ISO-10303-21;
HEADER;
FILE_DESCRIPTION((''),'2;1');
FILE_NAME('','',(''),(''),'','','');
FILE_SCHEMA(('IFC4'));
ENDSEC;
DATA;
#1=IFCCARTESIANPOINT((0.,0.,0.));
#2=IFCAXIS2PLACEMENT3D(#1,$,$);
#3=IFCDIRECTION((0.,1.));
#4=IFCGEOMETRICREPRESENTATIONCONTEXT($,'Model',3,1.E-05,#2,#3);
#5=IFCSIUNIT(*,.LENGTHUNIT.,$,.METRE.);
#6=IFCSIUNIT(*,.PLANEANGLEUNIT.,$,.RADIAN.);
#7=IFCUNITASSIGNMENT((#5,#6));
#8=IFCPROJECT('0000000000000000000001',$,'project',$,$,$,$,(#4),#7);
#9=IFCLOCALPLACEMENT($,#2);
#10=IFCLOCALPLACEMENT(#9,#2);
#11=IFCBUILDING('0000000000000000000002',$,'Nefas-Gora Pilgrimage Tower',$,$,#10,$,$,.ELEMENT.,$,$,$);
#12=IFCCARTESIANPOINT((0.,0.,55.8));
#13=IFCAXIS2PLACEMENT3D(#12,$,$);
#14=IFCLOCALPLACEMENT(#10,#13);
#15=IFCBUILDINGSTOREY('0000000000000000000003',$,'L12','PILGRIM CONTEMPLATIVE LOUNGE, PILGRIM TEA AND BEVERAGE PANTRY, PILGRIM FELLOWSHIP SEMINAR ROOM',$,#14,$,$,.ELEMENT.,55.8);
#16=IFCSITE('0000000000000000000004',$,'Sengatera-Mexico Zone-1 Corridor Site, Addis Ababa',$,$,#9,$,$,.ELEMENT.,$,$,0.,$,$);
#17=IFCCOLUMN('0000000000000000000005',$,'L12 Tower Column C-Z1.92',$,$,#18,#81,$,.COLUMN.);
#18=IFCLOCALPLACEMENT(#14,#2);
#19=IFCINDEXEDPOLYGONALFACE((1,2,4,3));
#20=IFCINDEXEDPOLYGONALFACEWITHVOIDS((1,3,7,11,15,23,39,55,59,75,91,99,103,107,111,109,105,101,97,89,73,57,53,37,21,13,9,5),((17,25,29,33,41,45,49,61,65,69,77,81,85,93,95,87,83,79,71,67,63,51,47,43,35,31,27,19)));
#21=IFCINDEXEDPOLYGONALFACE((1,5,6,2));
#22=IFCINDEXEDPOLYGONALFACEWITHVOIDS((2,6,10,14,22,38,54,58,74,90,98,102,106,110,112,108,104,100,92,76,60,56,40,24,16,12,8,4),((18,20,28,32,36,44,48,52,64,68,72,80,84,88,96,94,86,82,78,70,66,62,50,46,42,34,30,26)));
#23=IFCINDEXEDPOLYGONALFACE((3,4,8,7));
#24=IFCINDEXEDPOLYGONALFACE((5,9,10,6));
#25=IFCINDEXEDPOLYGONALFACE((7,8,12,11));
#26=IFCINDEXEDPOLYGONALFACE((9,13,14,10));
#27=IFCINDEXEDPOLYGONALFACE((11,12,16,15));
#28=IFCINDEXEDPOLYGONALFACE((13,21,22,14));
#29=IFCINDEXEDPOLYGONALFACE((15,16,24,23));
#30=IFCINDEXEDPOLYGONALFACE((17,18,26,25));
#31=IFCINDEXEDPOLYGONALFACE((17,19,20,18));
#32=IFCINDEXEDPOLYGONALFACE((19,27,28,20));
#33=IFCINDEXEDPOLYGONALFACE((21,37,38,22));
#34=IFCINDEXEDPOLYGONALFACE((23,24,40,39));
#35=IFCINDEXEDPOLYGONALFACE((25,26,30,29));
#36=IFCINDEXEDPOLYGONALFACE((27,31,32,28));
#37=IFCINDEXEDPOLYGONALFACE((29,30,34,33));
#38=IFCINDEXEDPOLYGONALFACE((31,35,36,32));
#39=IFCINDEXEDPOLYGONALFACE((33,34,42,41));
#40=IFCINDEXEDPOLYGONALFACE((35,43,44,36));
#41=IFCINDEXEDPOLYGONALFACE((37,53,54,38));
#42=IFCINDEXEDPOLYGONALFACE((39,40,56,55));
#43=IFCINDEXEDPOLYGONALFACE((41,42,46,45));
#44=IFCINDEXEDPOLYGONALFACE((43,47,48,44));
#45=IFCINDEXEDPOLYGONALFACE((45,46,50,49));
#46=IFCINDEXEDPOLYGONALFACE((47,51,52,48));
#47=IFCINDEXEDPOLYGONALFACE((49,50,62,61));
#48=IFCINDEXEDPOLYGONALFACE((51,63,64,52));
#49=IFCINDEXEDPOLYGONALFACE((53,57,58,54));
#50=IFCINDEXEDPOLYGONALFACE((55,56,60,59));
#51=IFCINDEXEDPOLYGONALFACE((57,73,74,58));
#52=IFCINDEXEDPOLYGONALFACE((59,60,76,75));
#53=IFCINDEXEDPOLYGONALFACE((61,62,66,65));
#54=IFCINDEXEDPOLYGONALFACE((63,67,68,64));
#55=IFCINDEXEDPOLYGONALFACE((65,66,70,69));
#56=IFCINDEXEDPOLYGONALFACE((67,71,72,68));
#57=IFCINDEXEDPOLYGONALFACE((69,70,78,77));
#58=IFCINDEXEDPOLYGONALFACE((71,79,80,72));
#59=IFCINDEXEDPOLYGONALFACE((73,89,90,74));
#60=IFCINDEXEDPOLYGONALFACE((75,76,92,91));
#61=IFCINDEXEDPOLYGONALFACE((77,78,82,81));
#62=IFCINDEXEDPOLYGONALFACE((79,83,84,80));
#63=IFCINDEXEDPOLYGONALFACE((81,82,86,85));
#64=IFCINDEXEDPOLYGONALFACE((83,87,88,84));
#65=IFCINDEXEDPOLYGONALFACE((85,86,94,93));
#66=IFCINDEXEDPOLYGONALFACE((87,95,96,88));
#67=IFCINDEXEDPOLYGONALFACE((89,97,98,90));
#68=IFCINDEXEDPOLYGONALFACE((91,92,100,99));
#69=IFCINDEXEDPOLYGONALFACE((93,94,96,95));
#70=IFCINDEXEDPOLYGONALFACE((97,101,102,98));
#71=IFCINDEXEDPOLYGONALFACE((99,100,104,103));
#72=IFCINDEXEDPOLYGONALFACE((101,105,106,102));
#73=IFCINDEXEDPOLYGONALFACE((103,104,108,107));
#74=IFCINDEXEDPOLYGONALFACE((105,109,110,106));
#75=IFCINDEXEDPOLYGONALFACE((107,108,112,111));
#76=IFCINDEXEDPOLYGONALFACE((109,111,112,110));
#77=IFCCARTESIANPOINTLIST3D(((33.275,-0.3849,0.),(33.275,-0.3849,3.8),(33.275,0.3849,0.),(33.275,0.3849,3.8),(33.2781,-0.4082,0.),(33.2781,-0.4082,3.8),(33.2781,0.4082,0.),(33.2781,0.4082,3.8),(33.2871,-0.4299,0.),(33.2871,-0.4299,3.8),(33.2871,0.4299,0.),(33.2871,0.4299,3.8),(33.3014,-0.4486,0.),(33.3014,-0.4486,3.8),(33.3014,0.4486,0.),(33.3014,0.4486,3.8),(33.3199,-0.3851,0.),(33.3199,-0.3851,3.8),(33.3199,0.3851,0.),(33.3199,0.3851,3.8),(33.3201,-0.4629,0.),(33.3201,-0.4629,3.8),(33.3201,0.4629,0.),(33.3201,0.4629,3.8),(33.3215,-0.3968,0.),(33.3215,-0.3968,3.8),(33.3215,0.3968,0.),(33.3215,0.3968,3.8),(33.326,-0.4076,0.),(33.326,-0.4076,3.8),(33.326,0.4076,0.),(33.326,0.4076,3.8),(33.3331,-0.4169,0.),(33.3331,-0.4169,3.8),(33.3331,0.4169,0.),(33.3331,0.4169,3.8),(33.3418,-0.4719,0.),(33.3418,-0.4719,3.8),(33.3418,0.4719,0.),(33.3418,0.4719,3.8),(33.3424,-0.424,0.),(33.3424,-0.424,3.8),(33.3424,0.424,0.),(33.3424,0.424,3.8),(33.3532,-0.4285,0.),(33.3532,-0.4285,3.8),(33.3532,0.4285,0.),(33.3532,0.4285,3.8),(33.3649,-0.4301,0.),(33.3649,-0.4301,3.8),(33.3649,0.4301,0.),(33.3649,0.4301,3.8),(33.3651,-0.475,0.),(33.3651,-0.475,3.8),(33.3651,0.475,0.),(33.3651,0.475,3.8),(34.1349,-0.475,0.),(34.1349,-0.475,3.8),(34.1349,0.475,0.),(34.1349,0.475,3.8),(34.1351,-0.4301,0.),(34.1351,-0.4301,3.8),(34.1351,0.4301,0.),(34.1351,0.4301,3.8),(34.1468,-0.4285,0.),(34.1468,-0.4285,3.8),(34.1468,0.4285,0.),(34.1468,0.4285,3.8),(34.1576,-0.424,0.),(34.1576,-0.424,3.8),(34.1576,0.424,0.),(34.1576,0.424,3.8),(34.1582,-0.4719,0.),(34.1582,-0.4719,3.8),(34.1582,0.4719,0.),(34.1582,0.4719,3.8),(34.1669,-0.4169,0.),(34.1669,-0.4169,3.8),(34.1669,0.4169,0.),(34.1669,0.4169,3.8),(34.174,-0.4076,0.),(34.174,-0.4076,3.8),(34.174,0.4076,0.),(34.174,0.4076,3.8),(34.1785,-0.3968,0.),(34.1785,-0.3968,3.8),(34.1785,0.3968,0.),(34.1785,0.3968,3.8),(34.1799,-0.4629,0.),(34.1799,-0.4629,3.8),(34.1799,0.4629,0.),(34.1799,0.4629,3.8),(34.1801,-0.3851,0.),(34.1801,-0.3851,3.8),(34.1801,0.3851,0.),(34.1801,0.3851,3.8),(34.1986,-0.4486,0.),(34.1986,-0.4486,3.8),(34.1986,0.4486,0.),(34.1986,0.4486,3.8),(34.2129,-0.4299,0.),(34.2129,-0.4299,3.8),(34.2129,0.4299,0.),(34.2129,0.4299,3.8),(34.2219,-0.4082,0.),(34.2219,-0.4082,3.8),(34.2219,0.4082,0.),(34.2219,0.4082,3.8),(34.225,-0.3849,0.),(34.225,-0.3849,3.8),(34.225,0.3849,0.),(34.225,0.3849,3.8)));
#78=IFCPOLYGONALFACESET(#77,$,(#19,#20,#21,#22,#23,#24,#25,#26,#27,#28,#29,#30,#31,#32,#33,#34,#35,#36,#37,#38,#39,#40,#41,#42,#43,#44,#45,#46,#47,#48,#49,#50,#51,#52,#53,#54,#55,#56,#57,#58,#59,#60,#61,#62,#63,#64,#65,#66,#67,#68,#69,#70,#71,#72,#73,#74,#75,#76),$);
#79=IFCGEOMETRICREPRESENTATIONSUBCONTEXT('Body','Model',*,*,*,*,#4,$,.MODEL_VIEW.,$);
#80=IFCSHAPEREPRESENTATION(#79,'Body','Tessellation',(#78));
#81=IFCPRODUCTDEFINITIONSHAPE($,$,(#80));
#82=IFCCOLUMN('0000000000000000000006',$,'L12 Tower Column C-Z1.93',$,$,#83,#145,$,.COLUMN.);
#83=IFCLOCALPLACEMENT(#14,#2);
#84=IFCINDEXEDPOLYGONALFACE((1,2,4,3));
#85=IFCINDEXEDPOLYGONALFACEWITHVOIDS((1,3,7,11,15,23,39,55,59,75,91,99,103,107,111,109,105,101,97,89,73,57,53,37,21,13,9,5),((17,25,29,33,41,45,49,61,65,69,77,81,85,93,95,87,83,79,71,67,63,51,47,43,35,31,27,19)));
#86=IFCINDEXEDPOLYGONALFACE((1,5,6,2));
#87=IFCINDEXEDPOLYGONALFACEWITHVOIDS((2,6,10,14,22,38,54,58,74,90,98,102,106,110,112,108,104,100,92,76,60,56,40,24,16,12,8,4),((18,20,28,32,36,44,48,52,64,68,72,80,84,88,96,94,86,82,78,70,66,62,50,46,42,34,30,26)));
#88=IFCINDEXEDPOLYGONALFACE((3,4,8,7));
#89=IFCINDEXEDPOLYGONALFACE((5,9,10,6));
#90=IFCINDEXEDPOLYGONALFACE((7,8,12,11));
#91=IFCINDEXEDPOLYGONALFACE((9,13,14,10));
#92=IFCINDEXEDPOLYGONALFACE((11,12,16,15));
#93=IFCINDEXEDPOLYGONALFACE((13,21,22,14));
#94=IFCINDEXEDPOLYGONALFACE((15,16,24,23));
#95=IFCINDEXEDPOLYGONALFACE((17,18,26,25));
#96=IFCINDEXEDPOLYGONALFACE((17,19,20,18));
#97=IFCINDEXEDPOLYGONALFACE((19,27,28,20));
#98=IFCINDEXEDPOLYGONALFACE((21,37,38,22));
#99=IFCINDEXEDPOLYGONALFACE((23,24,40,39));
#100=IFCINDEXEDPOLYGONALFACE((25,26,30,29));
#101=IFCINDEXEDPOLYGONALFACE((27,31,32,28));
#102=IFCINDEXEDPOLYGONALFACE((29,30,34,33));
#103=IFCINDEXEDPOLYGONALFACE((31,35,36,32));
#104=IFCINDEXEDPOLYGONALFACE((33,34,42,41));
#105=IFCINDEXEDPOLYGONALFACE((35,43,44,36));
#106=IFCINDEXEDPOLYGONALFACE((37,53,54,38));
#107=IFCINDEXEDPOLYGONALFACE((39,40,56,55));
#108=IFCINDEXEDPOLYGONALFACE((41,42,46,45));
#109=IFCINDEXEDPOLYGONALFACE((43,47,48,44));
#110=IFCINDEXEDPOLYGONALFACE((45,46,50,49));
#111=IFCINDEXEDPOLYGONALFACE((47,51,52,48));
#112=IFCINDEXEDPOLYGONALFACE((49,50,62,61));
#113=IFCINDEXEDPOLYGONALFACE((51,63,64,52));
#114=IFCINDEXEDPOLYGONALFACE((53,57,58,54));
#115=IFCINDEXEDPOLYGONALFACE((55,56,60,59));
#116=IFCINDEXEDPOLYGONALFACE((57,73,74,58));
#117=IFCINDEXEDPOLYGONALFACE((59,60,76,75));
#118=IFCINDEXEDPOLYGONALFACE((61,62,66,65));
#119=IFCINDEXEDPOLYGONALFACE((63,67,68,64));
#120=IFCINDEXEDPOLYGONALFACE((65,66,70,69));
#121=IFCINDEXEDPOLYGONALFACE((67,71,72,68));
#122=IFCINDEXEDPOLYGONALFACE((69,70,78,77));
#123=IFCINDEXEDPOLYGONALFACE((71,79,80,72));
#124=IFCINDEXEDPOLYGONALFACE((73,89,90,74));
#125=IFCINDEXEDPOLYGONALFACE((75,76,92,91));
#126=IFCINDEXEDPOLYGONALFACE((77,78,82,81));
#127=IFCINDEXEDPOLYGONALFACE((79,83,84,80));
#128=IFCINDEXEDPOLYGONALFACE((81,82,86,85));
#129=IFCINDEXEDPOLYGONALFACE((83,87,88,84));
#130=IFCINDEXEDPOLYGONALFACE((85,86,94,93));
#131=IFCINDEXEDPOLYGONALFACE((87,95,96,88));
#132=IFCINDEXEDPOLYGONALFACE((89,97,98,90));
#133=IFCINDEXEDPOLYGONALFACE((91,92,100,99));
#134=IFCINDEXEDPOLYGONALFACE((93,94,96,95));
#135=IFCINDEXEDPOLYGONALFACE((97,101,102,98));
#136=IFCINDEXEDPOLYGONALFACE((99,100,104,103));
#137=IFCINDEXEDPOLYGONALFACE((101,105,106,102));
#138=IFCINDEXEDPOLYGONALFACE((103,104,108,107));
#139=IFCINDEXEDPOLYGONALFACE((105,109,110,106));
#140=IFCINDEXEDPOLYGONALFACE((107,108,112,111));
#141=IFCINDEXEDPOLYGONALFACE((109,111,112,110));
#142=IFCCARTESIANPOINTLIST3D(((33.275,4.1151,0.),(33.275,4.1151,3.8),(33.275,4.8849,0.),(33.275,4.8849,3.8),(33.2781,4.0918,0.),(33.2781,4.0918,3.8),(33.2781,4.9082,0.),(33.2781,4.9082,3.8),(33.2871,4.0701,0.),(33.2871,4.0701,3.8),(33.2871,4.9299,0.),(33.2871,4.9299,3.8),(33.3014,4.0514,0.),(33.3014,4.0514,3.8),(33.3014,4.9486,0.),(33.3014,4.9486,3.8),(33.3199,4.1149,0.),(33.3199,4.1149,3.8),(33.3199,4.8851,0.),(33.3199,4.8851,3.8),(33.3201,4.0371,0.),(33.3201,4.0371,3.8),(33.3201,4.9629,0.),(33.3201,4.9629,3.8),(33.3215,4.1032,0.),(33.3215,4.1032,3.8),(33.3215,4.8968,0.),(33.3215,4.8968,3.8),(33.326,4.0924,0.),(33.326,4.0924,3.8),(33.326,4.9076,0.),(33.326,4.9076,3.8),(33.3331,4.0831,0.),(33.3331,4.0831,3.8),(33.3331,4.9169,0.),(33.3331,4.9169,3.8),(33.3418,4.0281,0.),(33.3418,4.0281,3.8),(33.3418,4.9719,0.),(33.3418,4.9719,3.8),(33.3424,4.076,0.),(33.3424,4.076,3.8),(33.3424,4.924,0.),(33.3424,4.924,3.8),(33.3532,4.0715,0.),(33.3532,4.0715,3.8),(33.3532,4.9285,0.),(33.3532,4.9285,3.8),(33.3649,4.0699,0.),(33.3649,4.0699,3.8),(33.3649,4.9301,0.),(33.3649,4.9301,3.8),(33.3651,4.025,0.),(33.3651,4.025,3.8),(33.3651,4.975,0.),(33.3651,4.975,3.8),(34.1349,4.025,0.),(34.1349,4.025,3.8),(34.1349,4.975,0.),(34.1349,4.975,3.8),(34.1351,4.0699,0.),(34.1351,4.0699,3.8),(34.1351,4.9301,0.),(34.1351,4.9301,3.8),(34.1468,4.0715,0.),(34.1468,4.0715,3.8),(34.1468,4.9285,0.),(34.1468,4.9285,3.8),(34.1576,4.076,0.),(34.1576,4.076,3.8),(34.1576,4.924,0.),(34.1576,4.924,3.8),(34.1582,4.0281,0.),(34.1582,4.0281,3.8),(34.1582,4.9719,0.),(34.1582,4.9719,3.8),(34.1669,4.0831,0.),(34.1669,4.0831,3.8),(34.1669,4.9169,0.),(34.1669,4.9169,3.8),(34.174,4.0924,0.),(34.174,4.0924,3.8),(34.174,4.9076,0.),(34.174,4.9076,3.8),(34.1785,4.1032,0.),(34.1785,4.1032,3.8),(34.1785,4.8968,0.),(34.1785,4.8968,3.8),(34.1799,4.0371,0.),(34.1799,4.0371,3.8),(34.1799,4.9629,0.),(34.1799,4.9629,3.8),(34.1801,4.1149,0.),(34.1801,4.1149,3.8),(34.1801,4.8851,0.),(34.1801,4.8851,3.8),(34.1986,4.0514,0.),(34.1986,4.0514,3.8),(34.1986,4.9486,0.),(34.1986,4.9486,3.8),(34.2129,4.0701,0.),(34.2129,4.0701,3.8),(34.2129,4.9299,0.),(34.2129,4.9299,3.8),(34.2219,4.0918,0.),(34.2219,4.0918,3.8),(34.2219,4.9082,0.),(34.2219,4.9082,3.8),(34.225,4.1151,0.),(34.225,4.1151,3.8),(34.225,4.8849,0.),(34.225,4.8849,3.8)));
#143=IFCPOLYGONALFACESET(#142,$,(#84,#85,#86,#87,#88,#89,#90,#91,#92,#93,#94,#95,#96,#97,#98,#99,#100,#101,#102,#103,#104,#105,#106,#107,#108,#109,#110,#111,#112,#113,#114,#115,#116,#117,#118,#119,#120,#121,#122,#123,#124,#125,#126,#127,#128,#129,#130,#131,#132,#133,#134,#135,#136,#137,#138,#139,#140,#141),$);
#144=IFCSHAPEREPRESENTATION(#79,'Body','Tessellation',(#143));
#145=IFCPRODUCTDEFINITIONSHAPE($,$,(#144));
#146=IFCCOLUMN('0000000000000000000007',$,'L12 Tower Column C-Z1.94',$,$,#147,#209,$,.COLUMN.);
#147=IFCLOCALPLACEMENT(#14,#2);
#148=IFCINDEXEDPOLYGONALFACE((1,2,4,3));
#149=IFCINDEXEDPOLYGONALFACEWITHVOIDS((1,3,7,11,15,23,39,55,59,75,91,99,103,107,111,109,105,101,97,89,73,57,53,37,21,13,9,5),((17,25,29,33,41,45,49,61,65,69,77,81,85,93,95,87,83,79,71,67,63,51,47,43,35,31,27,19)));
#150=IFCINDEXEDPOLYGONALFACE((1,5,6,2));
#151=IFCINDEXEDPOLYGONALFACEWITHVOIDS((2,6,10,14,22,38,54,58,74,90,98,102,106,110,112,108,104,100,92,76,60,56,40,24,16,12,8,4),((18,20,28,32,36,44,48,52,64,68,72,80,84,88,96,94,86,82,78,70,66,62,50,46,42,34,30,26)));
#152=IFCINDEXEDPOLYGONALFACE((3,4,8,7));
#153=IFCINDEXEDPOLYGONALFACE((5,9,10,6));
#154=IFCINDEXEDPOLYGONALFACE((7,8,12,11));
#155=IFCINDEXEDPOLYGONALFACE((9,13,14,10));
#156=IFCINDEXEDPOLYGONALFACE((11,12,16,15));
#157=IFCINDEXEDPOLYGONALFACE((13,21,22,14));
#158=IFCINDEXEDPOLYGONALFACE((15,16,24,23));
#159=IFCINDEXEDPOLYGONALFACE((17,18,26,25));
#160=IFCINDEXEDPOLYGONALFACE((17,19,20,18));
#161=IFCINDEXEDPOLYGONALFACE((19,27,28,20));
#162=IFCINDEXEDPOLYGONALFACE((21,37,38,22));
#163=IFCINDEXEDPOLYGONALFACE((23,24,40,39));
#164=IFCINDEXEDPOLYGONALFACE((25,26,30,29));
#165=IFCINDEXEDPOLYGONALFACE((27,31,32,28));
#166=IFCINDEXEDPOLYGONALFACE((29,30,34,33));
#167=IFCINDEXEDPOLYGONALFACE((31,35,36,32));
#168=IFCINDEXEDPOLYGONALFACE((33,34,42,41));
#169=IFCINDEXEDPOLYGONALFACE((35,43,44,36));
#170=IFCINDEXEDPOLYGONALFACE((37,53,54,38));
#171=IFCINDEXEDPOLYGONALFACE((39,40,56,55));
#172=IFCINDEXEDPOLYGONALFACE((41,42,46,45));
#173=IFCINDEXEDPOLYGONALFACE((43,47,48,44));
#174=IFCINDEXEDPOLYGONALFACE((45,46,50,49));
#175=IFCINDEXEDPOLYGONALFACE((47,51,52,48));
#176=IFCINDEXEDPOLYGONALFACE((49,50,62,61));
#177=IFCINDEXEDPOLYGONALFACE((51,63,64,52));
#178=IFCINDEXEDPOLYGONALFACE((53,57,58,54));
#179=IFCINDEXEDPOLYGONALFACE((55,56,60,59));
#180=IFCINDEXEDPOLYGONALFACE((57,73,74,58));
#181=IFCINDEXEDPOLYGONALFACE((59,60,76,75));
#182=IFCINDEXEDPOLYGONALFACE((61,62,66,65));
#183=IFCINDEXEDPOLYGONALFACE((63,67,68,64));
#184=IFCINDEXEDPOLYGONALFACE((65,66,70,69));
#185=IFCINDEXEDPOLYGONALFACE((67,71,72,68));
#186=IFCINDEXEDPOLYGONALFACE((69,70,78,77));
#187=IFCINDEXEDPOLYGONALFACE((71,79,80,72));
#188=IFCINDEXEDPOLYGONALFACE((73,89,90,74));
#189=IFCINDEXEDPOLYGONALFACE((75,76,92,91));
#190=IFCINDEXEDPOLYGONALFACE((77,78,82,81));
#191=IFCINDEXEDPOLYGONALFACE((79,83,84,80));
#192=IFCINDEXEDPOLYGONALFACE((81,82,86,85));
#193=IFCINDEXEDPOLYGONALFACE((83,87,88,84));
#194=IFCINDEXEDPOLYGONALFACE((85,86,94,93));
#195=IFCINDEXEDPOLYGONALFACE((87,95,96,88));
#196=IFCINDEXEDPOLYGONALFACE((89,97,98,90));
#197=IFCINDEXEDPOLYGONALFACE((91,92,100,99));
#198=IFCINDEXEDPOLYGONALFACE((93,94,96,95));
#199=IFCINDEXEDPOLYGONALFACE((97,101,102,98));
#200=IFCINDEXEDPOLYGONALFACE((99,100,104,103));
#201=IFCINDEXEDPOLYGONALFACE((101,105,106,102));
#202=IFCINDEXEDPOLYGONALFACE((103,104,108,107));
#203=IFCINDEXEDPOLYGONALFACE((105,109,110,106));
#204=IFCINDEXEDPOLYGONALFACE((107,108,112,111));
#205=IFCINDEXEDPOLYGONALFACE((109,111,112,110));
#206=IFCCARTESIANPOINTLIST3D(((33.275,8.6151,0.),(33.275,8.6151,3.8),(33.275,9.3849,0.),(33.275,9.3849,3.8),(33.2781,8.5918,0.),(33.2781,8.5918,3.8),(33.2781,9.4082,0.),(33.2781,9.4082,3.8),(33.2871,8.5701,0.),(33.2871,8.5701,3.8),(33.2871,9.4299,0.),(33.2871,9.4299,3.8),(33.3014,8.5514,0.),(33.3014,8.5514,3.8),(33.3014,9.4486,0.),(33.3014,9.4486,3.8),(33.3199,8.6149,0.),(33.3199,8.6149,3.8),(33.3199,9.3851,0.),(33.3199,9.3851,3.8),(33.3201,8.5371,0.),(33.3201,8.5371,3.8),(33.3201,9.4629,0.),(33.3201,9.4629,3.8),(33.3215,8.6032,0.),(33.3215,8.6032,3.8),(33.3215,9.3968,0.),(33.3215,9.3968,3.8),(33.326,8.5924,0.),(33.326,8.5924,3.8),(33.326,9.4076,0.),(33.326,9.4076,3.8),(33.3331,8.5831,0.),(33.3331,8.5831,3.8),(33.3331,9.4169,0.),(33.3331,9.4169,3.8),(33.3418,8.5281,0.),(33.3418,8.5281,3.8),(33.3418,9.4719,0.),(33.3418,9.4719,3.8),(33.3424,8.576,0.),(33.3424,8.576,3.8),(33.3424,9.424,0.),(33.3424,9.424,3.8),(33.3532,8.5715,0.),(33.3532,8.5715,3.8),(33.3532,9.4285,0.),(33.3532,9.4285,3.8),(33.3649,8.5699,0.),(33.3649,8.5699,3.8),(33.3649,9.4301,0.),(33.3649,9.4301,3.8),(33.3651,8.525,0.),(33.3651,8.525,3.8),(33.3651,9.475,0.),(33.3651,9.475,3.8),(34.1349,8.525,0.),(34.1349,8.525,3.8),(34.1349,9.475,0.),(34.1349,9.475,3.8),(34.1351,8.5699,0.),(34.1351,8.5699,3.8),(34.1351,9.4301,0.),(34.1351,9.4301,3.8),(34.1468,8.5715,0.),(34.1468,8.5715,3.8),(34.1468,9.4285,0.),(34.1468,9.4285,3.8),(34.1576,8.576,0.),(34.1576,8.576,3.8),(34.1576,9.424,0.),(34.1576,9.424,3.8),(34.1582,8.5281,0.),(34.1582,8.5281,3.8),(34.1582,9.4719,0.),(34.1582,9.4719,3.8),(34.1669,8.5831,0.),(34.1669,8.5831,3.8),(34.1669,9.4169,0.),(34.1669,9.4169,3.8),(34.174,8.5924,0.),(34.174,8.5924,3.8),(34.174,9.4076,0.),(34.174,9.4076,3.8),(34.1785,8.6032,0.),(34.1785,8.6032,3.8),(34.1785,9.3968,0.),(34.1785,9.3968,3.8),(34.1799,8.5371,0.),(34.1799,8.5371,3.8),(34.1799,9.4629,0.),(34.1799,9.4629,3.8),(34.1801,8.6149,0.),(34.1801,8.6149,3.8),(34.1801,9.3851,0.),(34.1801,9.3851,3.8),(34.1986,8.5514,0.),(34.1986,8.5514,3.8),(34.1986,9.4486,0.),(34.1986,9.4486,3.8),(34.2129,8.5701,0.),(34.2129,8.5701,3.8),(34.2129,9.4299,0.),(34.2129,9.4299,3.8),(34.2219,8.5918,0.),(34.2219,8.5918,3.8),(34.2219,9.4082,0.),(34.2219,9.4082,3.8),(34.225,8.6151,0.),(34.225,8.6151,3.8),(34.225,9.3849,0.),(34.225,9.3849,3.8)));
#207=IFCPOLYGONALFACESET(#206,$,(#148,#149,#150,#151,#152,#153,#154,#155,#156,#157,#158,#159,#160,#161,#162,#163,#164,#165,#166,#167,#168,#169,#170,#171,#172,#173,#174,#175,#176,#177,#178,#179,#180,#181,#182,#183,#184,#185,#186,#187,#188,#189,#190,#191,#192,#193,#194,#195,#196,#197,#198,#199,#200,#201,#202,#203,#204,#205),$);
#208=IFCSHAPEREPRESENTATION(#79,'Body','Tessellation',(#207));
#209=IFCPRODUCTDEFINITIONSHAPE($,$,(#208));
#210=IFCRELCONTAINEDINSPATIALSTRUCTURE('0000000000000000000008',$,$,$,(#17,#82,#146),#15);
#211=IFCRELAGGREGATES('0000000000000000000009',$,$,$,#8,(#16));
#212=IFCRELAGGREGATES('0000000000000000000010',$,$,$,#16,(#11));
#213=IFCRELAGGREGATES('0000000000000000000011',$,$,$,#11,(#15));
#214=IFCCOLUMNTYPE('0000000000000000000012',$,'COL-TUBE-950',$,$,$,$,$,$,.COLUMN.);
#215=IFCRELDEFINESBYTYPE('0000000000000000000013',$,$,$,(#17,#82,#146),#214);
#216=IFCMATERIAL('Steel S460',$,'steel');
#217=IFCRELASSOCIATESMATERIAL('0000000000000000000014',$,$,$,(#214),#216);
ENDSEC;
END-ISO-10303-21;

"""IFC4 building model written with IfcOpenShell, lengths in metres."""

from ifc_helpers import new_model, si_unit, direction, frame, origin, origin_2d, place, context, subcontext, project, spatial, hollow_rectangle, extrude, source, transform, mapped, material, material_profile, profile_set, type_object, element, save


model = new_model("IFC4")

# Units and contexts
model_context = context("Model", 3, precision=1e-05, world=origin(), true_north=direction((0.0, 1.0)))
body_context = subcontext(model_context, "Body", "Model", "MODEL_VIEW")
ifc_project = project(units=[si_unit("LENGTHUNIT", "METRE"), si_unit("PLANEANGLEUNIT", "RADIAN")], contexts=[model_context])

# Site, building, storey
site_placement = place(None, origin())
site = spatial("IfcSite", under=ifc_project, at=site_placement, Name="Sengatera-Mexico Zone-1 Corridor Site, Addis Ababa", CompositionType="ELEMENT", RefElevation=0.0)
building_placement = place(site_placement, origin())
building = spatial("IfcBuilding", under=site, at=building_placement, Name="Nefas-Gora Pilgrimage Tower", CompositionType="ELEMENT")
storey_placement = place(building_placement, frame((0.0, 0.0, 55.8)))
storey = spatial("IfcBuildingStorey", under=building, at=storey_placement, Name="L12", Description="PILGRIM CONTEMPLATIVE LOUNGE, PILGRIM TEA AND BEVERAGE PANTRY, PILGRIM FELLOWSHIP SEMINAR ROOM", CompositionType="ELEMENT", Elevation=55.8)

# Columns
ifc_material_1 = material(Name="Steel S460", Category="steel")
ifc_material_profile_1 = material_profile(ifc_material_1, hollow_rectangle(XDim=0.95, YDim=0.95, WallThickness=0.0449, InnerFilletRadius=0.0449, OuterFilletRadius=0.0901, at=origin_2d()), Name="BOX 950x950x45")
ifc_profile_set_1 = profile_set([ifc_material_profile_1], Name="Steel S460")
column_type_1 = type_object("IfcColumnType", Name="COL-TUBE-950", PredefinedType="COLUMN", material=ifc_profile_set_1)
shared_shape_1 = source(origin(), body_context, "Body", "SweptSolid", [
    extrude(hollow_rectangle(XDim=0.95, YDim=0.95, WallThickness=0.0449, InnerFilletRadius=0.0449, OuterFilletRadius=0.0901, at=origin_2d()), origin(), (0.0, 0.0, 1.0), 3.8),
])
for number, where, z_axis, x_axis, name in (
    (1, (33.75, 0.0, 0.0), (0.0, 0.0, 1.0), (1.0, 0.0, 0.0), "L12 Tower Column C-Z1.92"),
    (2, (33.75, 4.5, 0.0), (0.0, 0.0, 1.0), (1.0, 0.0, 0.0), "L12 Tower Column C-Z1.93"),
    (3, (33.75, 9.0, 0.0), (0.0, 0.0, 1.0), (1.0, 0.0, 0.0), "L12 Tower Column C-Z1.94"),
):
    element("IfcColumn", number, at=place(storey_placement, frame(where, z_axis=z_axis, x_axis=x_axis)), inside=storey, type_object=column_type_1, Name=name, PredefinedType="COLUMN", context=body_context, shape_type="MappedRepresentation", body=[
        mapped(shared_shape_1, transform((0.0, 0.0, 0.0), x_axis=(1.0, 0.0, 0.0), y_axis=(0.0, 1.0, 0.0), z_axis=(0.0, 0.0, 1.0), scale=1.0)),
    ])

save(model, "model.ifc")
